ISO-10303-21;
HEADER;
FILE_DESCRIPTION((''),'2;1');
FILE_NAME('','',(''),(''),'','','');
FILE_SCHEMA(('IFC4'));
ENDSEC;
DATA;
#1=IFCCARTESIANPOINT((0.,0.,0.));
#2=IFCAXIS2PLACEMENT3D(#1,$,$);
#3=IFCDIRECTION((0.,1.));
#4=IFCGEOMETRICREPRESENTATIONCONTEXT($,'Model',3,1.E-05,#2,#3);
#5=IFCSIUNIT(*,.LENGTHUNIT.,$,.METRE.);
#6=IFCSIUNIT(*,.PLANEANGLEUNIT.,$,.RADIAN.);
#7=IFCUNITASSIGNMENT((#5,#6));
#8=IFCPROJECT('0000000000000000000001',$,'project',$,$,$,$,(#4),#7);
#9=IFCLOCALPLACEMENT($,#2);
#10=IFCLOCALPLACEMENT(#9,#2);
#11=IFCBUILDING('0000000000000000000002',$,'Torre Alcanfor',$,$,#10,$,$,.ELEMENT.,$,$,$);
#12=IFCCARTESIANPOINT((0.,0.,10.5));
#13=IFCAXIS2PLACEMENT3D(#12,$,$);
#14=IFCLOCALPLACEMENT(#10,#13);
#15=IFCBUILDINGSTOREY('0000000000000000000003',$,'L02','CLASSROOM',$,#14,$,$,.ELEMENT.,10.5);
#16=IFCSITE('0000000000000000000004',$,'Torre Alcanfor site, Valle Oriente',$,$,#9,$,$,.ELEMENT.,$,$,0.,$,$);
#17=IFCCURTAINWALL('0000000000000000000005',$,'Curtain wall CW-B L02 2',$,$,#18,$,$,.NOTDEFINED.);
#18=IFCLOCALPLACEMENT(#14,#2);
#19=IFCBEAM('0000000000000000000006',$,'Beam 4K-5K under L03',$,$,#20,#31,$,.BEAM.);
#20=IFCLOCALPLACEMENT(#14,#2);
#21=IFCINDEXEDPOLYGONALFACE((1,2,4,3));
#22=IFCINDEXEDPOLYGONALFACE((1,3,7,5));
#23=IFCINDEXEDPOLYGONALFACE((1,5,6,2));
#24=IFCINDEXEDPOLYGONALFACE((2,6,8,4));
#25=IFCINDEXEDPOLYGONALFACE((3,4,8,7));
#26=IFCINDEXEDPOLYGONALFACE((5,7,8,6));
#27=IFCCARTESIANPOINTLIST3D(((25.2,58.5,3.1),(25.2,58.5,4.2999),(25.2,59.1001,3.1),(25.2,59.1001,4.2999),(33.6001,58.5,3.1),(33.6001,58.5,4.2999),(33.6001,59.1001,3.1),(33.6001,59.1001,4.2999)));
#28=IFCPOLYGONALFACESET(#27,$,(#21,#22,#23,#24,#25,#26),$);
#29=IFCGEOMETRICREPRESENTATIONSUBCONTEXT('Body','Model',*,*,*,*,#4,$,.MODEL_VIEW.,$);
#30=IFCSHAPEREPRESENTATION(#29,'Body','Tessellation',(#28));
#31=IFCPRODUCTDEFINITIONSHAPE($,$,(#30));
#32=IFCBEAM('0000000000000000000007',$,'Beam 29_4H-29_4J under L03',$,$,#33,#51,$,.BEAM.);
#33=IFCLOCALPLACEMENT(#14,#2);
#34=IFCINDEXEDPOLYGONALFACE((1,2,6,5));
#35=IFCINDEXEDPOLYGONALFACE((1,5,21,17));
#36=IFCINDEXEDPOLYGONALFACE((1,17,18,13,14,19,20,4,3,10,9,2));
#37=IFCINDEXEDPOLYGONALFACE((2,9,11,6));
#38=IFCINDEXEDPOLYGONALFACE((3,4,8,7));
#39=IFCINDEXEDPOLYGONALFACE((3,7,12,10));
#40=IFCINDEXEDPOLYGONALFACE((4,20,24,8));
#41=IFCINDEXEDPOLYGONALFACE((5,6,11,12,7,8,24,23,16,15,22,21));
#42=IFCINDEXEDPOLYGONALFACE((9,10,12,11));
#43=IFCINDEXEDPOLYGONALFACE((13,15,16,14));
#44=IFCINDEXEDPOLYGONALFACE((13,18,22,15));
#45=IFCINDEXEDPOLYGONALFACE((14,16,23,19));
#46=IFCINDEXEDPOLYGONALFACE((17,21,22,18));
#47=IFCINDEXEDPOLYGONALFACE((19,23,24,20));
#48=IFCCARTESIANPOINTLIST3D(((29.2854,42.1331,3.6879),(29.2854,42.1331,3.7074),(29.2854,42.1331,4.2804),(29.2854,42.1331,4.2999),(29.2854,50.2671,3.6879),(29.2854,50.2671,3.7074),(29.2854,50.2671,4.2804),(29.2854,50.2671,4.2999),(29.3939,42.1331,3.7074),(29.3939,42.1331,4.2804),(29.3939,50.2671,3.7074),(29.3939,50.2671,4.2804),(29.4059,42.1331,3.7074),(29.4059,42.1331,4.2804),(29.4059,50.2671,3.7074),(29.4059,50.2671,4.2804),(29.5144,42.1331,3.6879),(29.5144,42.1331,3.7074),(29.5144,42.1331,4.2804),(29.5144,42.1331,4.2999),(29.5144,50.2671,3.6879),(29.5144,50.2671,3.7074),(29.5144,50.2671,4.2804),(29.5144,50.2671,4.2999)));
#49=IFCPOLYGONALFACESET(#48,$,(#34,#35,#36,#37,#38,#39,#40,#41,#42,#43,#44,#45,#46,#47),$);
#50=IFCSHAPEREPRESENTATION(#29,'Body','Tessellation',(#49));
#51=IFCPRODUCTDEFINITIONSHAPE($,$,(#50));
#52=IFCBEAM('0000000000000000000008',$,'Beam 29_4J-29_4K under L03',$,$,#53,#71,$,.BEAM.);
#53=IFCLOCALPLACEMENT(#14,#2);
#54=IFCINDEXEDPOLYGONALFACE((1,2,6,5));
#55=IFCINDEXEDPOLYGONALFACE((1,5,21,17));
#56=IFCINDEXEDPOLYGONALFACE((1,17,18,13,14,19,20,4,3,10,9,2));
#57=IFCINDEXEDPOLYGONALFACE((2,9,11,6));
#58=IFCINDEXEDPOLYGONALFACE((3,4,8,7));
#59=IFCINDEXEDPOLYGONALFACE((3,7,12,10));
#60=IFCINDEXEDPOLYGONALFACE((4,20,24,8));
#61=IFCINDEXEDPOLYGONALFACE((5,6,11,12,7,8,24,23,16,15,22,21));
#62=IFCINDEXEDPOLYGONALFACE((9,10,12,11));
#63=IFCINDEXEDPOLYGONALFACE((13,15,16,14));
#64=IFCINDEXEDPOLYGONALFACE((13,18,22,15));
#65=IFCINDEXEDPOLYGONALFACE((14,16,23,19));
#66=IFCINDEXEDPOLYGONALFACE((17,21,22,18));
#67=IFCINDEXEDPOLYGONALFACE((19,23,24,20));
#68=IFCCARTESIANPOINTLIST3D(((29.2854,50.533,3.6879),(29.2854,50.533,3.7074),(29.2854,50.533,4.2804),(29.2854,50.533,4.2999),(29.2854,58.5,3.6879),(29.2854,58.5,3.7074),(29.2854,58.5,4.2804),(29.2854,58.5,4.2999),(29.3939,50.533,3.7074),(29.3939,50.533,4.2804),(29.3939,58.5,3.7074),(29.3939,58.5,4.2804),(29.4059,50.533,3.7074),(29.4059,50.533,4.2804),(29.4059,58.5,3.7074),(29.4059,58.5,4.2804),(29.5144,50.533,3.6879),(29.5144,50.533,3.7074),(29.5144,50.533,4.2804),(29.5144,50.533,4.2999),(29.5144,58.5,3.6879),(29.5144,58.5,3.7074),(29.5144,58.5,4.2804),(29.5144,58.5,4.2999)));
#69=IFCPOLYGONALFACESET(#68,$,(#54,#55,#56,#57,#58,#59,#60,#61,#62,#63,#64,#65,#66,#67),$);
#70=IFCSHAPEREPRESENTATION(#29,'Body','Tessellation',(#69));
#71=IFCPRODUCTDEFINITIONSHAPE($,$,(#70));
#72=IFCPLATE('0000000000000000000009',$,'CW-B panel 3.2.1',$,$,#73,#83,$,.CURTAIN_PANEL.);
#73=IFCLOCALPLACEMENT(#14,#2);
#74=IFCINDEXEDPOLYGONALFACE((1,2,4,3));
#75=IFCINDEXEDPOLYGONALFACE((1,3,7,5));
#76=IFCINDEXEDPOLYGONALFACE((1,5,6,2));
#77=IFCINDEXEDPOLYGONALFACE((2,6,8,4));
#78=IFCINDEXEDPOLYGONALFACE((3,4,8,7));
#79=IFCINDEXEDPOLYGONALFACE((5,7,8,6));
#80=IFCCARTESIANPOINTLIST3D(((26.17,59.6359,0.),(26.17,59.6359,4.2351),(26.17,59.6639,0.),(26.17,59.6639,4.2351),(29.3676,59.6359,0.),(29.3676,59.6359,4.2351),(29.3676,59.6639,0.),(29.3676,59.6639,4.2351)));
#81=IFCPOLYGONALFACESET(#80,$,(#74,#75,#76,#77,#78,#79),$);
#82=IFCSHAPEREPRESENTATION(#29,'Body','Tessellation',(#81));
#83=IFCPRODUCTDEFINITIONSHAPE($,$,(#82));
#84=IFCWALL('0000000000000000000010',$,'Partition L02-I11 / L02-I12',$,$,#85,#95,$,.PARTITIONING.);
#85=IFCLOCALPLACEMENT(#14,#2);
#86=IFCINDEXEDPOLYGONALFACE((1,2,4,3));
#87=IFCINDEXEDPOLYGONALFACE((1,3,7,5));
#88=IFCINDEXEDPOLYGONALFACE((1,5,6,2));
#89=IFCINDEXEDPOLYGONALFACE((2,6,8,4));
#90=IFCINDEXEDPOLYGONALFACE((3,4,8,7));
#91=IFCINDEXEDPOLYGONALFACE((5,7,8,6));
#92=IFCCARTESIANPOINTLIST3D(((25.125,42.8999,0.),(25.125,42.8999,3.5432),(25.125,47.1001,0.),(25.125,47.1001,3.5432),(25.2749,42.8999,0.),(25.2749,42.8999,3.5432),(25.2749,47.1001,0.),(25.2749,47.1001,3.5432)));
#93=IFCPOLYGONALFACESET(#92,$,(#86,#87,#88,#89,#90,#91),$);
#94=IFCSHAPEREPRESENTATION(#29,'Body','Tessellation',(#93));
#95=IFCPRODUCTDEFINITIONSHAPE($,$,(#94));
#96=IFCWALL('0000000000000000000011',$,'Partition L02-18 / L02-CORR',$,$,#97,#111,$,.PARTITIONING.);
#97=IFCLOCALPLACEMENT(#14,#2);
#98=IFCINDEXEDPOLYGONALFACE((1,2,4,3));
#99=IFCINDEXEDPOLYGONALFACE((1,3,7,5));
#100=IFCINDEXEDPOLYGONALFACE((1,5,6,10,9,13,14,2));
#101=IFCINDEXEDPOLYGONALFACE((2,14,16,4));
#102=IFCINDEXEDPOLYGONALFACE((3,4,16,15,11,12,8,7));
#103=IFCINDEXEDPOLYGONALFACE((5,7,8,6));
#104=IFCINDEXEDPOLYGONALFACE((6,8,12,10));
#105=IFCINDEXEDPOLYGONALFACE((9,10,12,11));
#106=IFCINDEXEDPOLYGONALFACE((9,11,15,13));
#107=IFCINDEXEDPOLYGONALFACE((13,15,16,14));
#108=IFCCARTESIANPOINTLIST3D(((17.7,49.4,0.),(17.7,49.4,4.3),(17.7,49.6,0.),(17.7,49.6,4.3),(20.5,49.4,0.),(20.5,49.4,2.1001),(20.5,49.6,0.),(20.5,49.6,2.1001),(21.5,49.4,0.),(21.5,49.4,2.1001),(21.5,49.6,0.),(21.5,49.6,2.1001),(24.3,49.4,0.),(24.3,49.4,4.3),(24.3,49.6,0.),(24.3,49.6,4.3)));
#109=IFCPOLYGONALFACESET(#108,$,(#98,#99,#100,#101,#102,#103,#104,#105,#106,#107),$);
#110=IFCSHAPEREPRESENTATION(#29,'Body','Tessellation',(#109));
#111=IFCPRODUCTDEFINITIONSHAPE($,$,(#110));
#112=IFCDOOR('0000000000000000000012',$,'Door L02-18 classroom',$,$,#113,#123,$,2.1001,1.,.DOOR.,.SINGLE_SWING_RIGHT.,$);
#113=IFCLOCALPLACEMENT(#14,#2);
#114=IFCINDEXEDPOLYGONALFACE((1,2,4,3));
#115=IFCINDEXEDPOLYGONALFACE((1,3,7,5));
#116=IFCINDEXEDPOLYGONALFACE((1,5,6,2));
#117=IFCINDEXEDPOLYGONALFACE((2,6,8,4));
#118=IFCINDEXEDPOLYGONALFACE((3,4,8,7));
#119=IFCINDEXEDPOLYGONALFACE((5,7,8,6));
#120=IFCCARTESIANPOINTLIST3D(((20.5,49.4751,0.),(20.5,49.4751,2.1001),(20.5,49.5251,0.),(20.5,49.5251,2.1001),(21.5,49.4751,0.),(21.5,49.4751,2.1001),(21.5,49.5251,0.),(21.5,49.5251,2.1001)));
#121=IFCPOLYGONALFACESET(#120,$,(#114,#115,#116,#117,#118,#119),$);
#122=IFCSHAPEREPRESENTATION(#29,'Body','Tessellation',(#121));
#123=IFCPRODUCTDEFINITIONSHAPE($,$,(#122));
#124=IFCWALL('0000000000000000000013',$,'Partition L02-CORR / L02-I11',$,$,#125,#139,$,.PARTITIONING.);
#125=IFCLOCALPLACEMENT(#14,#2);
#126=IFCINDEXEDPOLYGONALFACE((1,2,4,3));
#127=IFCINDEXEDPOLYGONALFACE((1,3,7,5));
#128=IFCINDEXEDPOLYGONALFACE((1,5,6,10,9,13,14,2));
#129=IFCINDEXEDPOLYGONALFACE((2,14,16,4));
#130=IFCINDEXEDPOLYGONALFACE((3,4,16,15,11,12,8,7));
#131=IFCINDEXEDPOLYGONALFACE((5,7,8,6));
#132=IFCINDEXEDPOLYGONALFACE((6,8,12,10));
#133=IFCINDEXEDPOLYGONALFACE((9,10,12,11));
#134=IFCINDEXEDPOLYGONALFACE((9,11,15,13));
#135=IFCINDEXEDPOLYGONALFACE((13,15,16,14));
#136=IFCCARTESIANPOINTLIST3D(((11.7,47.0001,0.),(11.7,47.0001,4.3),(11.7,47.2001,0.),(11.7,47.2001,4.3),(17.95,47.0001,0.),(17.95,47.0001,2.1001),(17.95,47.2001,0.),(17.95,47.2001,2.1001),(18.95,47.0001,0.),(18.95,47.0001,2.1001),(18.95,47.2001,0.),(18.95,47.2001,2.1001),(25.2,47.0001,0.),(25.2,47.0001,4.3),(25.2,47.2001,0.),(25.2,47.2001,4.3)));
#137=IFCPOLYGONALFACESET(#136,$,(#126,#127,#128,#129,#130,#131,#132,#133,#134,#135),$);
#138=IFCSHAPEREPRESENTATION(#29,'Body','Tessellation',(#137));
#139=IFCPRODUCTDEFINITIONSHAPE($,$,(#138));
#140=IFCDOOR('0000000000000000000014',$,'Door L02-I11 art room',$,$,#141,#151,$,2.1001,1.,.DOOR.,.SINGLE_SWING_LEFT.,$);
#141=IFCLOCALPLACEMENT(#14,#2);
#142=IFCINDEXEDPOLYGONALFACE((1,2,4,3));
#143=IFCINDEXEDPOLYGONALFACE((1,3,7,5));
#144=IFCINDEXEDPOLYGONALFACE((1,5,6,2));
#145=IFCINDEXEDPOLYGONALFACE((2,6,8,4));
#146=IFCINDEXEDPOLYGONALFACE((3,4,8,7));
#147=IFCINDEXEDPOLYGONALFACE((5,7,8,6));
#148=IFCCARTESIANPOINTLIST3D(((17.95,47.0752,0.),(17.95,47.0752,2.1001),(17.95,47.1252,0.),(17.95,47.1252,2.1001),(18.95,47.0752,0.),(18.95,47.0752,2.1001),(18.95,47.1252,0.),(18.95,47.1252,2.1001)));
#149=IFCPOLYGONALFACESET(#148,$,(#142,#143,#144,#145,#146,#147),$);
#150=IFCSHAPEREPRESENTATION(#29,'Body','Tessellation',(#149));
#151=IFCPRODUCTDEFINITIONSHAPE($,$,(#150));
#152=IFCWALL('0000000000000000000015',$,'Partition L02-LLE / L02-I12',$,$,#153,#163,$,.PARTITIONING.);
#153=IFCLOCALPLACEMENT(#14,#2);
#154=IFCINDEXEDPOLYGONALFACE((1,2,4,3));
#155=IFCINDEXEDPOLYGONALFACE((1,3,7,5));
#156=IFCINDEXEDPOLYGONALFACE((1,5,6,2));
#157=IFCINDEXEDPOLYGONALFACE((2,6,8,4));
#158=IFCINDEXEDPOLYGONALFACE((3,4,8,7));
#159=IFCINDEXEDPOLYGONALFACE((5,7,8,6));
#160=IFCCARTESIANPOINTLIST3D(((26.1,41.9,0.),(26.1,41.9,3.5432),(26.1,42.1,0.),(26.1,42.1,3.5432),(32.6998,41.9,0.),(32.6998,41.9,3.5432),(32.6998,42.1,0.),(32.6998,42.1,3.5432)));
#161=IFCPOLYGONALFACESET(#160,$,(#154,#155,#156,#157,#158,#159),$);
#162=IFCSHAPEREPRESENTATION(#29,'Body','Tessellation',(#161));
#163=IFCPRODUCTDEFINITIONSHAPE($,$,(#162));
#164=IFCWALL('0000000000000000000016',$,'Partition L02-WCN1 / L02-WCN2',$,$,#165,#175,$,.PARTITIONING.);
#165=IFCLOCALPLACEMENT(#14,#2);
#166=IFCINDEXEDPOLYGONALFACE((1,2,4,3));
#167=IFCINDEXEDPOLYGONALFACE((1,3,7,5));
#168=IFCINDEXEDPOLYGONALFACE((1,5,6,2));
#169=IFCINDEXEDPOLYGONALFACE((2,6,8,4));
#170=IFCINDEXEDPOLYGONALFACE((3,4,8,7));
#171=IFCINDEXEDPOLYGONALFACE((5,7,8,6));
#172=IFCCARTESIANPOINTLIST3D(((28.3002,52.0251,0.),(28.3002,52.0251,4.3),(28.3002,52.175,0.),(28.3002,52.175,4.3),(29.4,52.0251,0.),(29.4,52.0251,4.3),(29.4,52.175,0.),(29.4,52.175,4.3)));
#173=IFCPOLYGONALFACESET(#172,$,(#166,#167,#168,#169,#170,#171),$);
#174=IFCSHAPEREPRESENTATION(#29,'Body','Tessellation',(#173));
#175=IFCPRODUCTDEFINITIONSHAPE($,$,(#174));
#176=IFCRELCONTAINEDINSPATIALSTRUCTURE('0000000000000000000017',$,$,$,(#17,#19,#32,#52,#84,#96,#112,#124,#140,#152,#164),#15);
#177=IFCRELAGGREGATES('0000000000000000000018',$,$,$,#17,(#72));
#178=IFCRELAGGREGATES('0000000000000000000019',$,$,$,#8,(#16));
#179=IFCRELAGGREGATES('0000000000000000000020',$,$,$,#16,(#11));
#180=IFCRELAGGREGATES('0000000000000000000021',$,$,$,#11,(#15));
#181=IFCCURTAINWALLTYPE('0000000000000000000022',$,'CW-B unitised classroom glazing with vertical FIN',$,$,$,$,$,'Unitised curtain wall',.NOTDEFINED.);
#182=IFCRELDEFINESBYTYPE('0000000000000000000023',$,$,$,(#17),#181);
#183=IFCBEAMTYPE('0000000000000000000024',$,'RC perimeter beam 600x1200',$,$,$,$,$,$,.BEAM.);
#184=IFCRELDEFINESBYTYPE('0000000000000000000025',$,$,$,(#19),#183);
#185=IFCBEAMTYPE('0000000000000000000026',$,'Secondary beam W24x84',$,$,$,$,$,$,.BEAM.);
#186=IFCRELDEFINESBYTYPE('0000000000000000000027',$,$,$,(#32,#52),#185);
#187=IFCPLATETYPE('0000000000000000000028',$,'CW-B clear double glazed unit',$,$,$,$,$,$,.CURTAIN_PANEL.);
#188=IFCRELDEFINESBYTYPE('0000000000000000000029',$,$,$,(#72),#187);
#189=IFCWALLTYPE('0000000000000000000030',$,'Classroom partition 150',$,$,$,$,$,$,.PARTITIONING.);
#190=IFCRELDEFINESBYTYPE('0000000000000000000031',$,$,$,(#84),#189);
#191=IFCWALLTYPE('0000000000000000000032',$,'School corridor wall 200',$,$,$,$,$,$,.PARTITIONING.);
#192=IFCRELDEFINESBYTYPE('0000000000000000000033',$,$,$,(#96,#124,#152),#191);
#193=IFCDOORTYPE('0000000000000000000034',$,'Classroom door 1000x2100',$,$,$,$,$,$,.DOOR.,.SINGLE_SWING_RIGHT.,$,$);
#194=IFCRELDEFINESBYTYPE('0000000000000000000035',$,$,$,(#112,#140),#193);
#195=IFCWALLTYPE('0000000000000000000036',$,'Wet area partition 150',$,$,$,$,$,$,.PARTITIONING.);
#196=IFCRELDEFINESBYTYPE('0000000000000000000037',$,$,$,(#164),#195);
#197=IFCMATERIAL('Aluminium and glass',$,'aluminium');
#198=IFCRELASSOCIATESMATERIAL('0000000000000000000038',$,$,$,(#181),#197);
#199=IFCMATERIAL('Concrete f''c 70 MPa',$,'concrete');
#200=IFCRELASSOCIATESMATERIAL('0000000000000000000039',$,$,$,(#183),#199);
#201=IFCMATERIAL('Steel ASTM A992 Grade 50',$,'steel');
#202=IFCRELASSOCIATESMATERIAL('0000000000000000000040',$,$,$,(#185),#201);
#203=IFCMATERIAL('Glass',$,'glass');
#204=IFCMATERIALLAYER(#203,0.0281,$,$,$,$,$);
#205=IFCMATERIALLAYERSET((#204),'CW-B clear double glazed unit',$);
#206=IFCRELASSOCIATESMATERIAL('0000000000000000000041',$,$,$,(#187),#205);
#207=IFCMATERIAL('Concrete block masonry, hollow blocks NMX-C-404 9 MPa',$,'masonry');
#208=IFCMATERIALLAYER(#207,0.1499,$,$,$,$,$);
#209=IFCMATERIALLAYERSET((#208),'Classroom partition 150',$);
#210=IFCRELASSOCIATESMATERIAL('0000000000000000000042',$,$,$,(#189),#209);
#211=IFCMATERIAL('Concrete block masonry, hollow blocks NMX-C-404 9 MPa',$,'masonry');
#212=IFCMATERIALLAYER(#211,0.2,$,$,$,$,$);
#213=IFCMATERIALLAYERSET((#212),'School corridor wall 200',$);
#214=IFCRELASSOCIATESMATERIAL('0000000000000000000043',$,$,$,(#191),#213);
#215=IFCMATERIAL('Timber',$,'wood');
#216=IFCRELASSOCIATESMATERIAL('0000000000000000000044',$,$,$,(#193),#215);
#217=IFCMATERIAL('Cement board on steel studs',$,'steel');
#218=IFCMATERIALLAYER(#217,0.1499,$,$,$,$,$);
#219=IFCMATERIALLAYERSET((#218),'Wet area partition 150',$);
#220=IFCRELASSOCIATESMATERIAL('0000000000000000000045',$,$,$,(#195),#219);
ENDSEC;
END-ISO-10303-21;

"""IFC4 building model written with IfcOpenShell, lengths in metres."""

from ifc_helpers import new_model, si_unit, direction, frame, frame_2d, origin, origin_2d, place, context, subcontext, project, spatial, rectangle, i_section, extrude, material, layer, layer_set, material_profile, profile_set, type_object, element, fill, aggregate, save


model = new_model("IFC4")

# Units and contexts
model_context = context("Model", 3, precision=1e-05, world=origin(), true_north=direction((0.0, 1.0)))
body_context = subcontext(model_context, "Body", "Model", "MODEL_VIEW")
ifc_project = project(units=[si_unit("LENGTHUNIT", "METRE"), si_unit("PLANEANGLEUNIT", "RADIAN")], contexts=[model_context])

# Site, building, storey
site_placement = place(None, origin())
site = spatial("IfcSite", under=ifc_project, at=site_placement, Name="Torre Alcanfor site, Valle Oriente", CompositionType="ELEMENT", RefElevation=0.0)
building_placement = place(site_placement, origin())
building = spatial("IfcBuilding", under=site, at=building_placement, Name="Torre Alcanfor", CompositionType="ELEMENT")
storey_placement = place(building_placement, frame((0.0, 0.0, 10.5)))
storey = spatial("IfcBuildingStorey", under=building, at=storey_placement, Name="L02", Description="CLASSROOM", CompositionType="ELEMENT", Elevation=10.5)

# Curtain wall
ifc_material_1 = material(Name="Aluminium and glass", Category="aluminium")
curtain_wall_type = type_object("IfcCurtainWallType", Name="CW-B unitised classroom glazing with vertical FIN", ElementType="Unitised curtain wall", PredefinedType="NOTDEFINED", material=ifc_material_1)
curtain_wall_placement = place(storey_placement, origin())
curtain_wall = element("IfcCurtainWall", 1, at=curtain_wall_placement, inside=storey, type_object=curtain_wall_type, Name="Curtain wall CW-B L02 2", PredefinedType="NOTDEFINED")

# Beams
ifc_material_2 = material(Name="Concrete f'c 70 MPa", Category="concrete")
ifc_material_profile_1 = material_profile(ifc_material_2, rectangle(XDim=0.6001, YDim=1.2, at=origin_2d()), Name="600x1200")
ifc_profile_set_1 = profile_set([ifc_material_profile_1], Name="Concrete f'c 70 MPa")
beam_type_1 = type_object("IfcBeamType", Name="RC perimeter beam 600x1200", PredefinedType="BEAM", material=ifc_profile_set_1)
beam_1_placement = place(storey_placement, frame((25.2, 58.8, 3.7), z_axis=(1.0, 0.0, 0.0), x_axis=(0.0, 1.0, 0.0)))
element("IfcBeam", 2, at=beam_1_placement, inside=storey, type_object=beam_type_1, Name="Beam 4K-5K under L03", PredefinedType="BEAM", context=body_context, shape_type="SweptSolid", body=[
    extrude(rectangle(XDim=0.6001, YDim=1.2, at=origin_2d()), origin(), (0.0, 0.0, 1.0), 8.4001),
])
ifc_material_3 = material(Name="Steel ASTM A992 Grade 50", Category="steel")
ifc_material_profile_2 = material_profile(ifc_material_3, i_section(OverallWidth=0.229, OverallDepth=0.6121, WebThickness=0.012, FlangeThickness=0.0195, at=origin_2d()), Name="W24x84")
ifc_profile_set_2 = profile_set([ifc_material_profile_2], Name="Steel ASTM A992 Grade 50")
beam_type_2 = type_object("IfcBeamType", Name="Secondary beam W24x84", PredefinedType="BEAM", material=ifc_profile_set_2)
beam_2_placement = place(storey_placement, frame((29.3999, 42.1331, 3.9939), z_axis=(0.0, 1.0, 0.0), x_axis=(-1.0, 0.0, 0.0)))
element("IfcBeam", 3, at=beam_2_placement, inside=storey, type_object=beam_type_2, Name="Beam 29_4H-29_4J under L03", PredefinedType="BEAM", context=body_context, shape_type="SweptSolid", body=[
    extrude(i_section(OverallWidth=0.229, OverallDepth=0.6121, WebThickness=0.012, FlangeThickness=0.0195, at=origin_2d()), origin(), (0.0, 0.0, 1.0), 8.134),
])
beam_3_placement = place(storey_placement, frame((29.3999, 50.533, 3.9939), z_axis=(0.0, 1.0, 0.0), x_axis=(-1.0, 0.0, 0.0)))
element("IfcBeam", 4, at=beam_3_placement, inside=storey, type_object=beam_type_2, Name="Beam 29_4J-29_4K under L03", PredefinedType="BEAM", context=body_context, shape_type="SweptSolid", body=[
    extrude(i_section(OverallWidth=0.229, OverallDepth=0.6121, WebThickness=0.012, FlangeThickness=0.0195, at=origin_2d()), origin(), (0.0, 0.0, 1.0), 7.967),
])

# Plate
ifc_material_4 = material(Name="Glass", Category="glass")
ifc_layer_1 = layer(ifc_material_4, 0.0281)
ifc_layer_set_1 = layer_set([ifc_layer_1], Name="CW-B clear double glazed unit")
plate_type = type_object("IfcPlateType", Name="CW-B clear double glazed unit", PredefinedType="CURTAIN_PANEL", material=ifc_layer_set_1)
plate_placement = place(storey_placement, frame((27.7688, 59.6499, 0.0), z_axis=(0.0, 0.0, 1.0), x_axis=(-1.0, 0.0, 0.0)))
plate = element("IfcPlate", 5, at=plate_placement, type_object=plate_type, Name="CW-B panel 3.2.1", PredefinedType="CURTAIN_PANEL", context=body_context, shape_type="SweptSolid", body=[
    extrude(rectangle(XDim=3.1975, YDim=0.0281, at=origin_2d()), origin(), (0.0, 0.0, 1.0), 4.2351),
])
aggregate(curtain_wall, [plate])

# Wall
ifc_material_5 = material(Name="Concrete block masonry, hollow blocks NMX-C-404 9 MPa", Category="masonry")
ifc_layer_2 = layer(ifc_material_5, 0.1499)
ifc_layer_set_2 = layer_set([ifc_layer_2], Name="Classroom partition 150")
wall_type_1 = type_object("IfcWallType", Name="Classroom partition 150", PredefinedType="PARTITIONING", material=ifc_layer_set_2)
wall_1_placement = place(storey_placement, frame((25.2, 47.1001, 0.0), z_axis=(0.0, 0.0, 1.0), x_axis=(0.0, -1.0, 0.0)))
element("IfcWall", 6, at=wall_1_placement, inside=storey, type_object=wall_type_1, Name="Partition L02-I11 / L02-I12", PredefinedType="PARTITIONING", context=body_context, shape_type="SweptSolid", body=[
    extrude(rectangle(XDim=4.2002, YDim=0.1499, at=frame_2d((2.1001, 0.0))), origin(), (0.0, 0.0, 1.0), 3.5432),
])

# Walls, openings, doors
ifc_material_6 = material(Name="Concrete block masonry, hollow blocks NMX-C-404 9 MPa", Category="masonry")
ifc_layer_3 = layer(ifc_material_6, 0.2)
ifc_layer_set_3 = layer_set([ifc_layer_3], Name="School corridor wall 200")
wall_type_2 = type_object("IfcWallType", Name="School corridor wall 200", PredefinedType="PARTITIONING", material=ifc_layer_set_3)
wall_2_placement = place(storey_placement, frame((24.3, 49.5, 0.0), z_axis=(0.0, 0.0, 1.0), x_axis=(-1.0, 0.0, 0.0)))
wall_2 = element("IfcWall", 7, at=wall_2_placement, inside=storey, type_object=wall_type_2, Name="Partition L02-18 / L02-CORR", PredefinedType="PARTITIONING", context=body_context, shape_type="SweptSolid", body=[
    extrude(rectangle(XDim=6.6001, YDim=0.2, at=frame_2d((3.3, 0.0))), origin(), (0.0, 0.0, 1.0), 4.3),
])
opening_1_placement = place(wall_2_placement, frame((2.8, 0.0, 0.0)))
opening_1 = element("IfcOpeningElement", 8, at=opening_1_placement, cuts=wall_2, PredefinedType="OPENING", context=body_context, shape_type="SweptSolid", body=[
    extrude(rectangle(XDim=1.0, YDim=2.1001, at=frame_2d((0.5, 1.05))), frame((0.0, 0.1099, 0.0), z_axis=(0.0, -1.0, 0.0), x_axis=(1.0, 0.0, 0.0)), (0.0, 0.0, 1.0), 0.22),
])
ifc_material_7 = material(Name="Timber", Category="wood")
door_type_1 = type_object("IfcDoorType", Name="Classroom door 1000x2100", OperationType="SINGLE_SWING_RIGHT", PredefinedType="DOOR", material=ifc_material_7)
door_1_placement = place(opening_1_placement, frame((1.0, 0.0, 0.0), z_axis=(0.0, 0.0, 1.0), x_axis=(-1.0, 0.0, 0.0)))
door_1 = element("IfcDoor", 9, at=door_1_placement, inside=storey, type_object=door_type_1, Name="Door L02-18 classroom", OperationType="SINGLE_SWING_RIGHT", OverallHeight=2.1001, OverallWidth=1.0, PredefinedType="DOOR", context=body_context, shape_type="SweptSolid", body=[
    extrude(rectangle(XDim=1.0, YDim=2.1001, at=frame_2d((0.5, 1.05))), frame((0.0, 0.0251, 0.0), z_axis=(0.0, -1.0, 0.0), x_axis=(1.0, 0.0, 0.0)), (0.0, 0.0, 1.0), 0.05),
])
fill(opening_1, door_1)
wall_3_placement = place(storey_placement, frame((25.2, 47.1001, 0.0), z_axis=(0.0, 0.0, 1.0), x_axis=(-1.0, 0.0, 0.0)))
wall_3 = element("IfcWall", 10, at=wall_3_placement, inside=storey, type_object=wall_type_2, Name="Partition L02-CORR / L02-I11", PredefinedType="PARTITIONING", context=body_context, shape_type="SweptSolid", body=[
    extrude(rectangle(XDim=13.5, YDim=0.2, at=frame_2d((6.75, 0.0))), origin(), (0.0, 0.0, 1.0), 4.3),
])
opening_2_placement = place(wall_3_placement, frame((6.25, 0.0, 0.0)))
opening_2 = element("IfcOpeningElement", 11, at=opening_2_placement, cuts=wall_3, PredefinedType="OPENING", context=body_context, shape_type="SweptSolid", body=[
    extrude(rectangle(XDim=1.0, YDim=2.1001, at=frame_2d((0.5, 1.05))), frame((0.0, 0.1099, 0.0), z_axis=(0.0, -1.0, 0.0), x_axis=(1.0, 0.0, 0.0)), (0.0, 0.0, 1.0), 0.22),
])
door_2_placement = place(opening_2_placement, origin())
door_2 = element("IfcDoor", 12, at=door_2_placement, inside=storey, type_object=door_type_1, Name="Door L02-I11 art room", OperationType="SINGLE_SWING_LEFT", OverallHeight=2.1001, OverallWidth=1.0, PredefinedType="DOOR", context=body_context, shape_type="SweptSolid", body=[
    extrude(rectangle(XDim=1.0, YDim=2.1001, at=frame_2d((0.5, 1.05))), frame((0.0, 0.0249, 0.0), z_axis=(0.0, -1.0, 0.0), x_axis=(1.0, 0.0, 0.0)), (0.0, 0.0, 1.0), 0.05),
])
fill(opening_2, door_2)

# Walls
wall_4_placement = place(storey_placement, frame((26.1001, 42.0, 0.0), z_axis=(0.0, 0.0, 1.0), x_axis=(1.0, 0.0, 0.0)))
element("IfcWall", 13, at=wall_4_placement, inside=storey, type_object=wall_type_2, Name="Partition L02-LLE / L02-I12", PredefinedType="PARTITIONING", context=body_context, shape_type="SweptSolid", body=[
    extrude(rectangle(XDim=6.5999, YDim=0.2, at=frame_2d((3.2998, 0.0))), origin(), (0.0, 0.0, 1.0), 3.5432),
])
ifc_material_8 = material(Name="Cement board on steel studs", Category="steel")
ifc_layer_4 = layer(ifc_material_8, 0.1499)
ifc_layer_set_4 = layer_set([ifc_layer_4], Name="Wet area partition 150")
wall_type_3 = type_object("IfcWallType", Name="Wet area partition 150", PredefinedType="PARTITIONING", material=ifc_layer_set_4)
wall_5_placement = place(storey_placement, frame((29.3999, 52.1001, 0.0), z_axis=(0.0, 0.0, 1.0), x_axis=(-1.0, 0.0, 0.0)))
element("IfcWall", 14, at=wall_5_placement, inside=storey, type_object=wall_type_3, Name="Partition L02-WCN1 / L02-WCN2", PredefinedType="PARTITIONING", context=body_context, shape_type="SweptSolid", body=[
    extrude(rectangle(XDim=1.0999, YDim=0.1499, at=frame_2d((0.5498, 0.0))), origin(), (0.0, 0.0, 1.0), 4.3),
])

save(model, "model.ifc")
